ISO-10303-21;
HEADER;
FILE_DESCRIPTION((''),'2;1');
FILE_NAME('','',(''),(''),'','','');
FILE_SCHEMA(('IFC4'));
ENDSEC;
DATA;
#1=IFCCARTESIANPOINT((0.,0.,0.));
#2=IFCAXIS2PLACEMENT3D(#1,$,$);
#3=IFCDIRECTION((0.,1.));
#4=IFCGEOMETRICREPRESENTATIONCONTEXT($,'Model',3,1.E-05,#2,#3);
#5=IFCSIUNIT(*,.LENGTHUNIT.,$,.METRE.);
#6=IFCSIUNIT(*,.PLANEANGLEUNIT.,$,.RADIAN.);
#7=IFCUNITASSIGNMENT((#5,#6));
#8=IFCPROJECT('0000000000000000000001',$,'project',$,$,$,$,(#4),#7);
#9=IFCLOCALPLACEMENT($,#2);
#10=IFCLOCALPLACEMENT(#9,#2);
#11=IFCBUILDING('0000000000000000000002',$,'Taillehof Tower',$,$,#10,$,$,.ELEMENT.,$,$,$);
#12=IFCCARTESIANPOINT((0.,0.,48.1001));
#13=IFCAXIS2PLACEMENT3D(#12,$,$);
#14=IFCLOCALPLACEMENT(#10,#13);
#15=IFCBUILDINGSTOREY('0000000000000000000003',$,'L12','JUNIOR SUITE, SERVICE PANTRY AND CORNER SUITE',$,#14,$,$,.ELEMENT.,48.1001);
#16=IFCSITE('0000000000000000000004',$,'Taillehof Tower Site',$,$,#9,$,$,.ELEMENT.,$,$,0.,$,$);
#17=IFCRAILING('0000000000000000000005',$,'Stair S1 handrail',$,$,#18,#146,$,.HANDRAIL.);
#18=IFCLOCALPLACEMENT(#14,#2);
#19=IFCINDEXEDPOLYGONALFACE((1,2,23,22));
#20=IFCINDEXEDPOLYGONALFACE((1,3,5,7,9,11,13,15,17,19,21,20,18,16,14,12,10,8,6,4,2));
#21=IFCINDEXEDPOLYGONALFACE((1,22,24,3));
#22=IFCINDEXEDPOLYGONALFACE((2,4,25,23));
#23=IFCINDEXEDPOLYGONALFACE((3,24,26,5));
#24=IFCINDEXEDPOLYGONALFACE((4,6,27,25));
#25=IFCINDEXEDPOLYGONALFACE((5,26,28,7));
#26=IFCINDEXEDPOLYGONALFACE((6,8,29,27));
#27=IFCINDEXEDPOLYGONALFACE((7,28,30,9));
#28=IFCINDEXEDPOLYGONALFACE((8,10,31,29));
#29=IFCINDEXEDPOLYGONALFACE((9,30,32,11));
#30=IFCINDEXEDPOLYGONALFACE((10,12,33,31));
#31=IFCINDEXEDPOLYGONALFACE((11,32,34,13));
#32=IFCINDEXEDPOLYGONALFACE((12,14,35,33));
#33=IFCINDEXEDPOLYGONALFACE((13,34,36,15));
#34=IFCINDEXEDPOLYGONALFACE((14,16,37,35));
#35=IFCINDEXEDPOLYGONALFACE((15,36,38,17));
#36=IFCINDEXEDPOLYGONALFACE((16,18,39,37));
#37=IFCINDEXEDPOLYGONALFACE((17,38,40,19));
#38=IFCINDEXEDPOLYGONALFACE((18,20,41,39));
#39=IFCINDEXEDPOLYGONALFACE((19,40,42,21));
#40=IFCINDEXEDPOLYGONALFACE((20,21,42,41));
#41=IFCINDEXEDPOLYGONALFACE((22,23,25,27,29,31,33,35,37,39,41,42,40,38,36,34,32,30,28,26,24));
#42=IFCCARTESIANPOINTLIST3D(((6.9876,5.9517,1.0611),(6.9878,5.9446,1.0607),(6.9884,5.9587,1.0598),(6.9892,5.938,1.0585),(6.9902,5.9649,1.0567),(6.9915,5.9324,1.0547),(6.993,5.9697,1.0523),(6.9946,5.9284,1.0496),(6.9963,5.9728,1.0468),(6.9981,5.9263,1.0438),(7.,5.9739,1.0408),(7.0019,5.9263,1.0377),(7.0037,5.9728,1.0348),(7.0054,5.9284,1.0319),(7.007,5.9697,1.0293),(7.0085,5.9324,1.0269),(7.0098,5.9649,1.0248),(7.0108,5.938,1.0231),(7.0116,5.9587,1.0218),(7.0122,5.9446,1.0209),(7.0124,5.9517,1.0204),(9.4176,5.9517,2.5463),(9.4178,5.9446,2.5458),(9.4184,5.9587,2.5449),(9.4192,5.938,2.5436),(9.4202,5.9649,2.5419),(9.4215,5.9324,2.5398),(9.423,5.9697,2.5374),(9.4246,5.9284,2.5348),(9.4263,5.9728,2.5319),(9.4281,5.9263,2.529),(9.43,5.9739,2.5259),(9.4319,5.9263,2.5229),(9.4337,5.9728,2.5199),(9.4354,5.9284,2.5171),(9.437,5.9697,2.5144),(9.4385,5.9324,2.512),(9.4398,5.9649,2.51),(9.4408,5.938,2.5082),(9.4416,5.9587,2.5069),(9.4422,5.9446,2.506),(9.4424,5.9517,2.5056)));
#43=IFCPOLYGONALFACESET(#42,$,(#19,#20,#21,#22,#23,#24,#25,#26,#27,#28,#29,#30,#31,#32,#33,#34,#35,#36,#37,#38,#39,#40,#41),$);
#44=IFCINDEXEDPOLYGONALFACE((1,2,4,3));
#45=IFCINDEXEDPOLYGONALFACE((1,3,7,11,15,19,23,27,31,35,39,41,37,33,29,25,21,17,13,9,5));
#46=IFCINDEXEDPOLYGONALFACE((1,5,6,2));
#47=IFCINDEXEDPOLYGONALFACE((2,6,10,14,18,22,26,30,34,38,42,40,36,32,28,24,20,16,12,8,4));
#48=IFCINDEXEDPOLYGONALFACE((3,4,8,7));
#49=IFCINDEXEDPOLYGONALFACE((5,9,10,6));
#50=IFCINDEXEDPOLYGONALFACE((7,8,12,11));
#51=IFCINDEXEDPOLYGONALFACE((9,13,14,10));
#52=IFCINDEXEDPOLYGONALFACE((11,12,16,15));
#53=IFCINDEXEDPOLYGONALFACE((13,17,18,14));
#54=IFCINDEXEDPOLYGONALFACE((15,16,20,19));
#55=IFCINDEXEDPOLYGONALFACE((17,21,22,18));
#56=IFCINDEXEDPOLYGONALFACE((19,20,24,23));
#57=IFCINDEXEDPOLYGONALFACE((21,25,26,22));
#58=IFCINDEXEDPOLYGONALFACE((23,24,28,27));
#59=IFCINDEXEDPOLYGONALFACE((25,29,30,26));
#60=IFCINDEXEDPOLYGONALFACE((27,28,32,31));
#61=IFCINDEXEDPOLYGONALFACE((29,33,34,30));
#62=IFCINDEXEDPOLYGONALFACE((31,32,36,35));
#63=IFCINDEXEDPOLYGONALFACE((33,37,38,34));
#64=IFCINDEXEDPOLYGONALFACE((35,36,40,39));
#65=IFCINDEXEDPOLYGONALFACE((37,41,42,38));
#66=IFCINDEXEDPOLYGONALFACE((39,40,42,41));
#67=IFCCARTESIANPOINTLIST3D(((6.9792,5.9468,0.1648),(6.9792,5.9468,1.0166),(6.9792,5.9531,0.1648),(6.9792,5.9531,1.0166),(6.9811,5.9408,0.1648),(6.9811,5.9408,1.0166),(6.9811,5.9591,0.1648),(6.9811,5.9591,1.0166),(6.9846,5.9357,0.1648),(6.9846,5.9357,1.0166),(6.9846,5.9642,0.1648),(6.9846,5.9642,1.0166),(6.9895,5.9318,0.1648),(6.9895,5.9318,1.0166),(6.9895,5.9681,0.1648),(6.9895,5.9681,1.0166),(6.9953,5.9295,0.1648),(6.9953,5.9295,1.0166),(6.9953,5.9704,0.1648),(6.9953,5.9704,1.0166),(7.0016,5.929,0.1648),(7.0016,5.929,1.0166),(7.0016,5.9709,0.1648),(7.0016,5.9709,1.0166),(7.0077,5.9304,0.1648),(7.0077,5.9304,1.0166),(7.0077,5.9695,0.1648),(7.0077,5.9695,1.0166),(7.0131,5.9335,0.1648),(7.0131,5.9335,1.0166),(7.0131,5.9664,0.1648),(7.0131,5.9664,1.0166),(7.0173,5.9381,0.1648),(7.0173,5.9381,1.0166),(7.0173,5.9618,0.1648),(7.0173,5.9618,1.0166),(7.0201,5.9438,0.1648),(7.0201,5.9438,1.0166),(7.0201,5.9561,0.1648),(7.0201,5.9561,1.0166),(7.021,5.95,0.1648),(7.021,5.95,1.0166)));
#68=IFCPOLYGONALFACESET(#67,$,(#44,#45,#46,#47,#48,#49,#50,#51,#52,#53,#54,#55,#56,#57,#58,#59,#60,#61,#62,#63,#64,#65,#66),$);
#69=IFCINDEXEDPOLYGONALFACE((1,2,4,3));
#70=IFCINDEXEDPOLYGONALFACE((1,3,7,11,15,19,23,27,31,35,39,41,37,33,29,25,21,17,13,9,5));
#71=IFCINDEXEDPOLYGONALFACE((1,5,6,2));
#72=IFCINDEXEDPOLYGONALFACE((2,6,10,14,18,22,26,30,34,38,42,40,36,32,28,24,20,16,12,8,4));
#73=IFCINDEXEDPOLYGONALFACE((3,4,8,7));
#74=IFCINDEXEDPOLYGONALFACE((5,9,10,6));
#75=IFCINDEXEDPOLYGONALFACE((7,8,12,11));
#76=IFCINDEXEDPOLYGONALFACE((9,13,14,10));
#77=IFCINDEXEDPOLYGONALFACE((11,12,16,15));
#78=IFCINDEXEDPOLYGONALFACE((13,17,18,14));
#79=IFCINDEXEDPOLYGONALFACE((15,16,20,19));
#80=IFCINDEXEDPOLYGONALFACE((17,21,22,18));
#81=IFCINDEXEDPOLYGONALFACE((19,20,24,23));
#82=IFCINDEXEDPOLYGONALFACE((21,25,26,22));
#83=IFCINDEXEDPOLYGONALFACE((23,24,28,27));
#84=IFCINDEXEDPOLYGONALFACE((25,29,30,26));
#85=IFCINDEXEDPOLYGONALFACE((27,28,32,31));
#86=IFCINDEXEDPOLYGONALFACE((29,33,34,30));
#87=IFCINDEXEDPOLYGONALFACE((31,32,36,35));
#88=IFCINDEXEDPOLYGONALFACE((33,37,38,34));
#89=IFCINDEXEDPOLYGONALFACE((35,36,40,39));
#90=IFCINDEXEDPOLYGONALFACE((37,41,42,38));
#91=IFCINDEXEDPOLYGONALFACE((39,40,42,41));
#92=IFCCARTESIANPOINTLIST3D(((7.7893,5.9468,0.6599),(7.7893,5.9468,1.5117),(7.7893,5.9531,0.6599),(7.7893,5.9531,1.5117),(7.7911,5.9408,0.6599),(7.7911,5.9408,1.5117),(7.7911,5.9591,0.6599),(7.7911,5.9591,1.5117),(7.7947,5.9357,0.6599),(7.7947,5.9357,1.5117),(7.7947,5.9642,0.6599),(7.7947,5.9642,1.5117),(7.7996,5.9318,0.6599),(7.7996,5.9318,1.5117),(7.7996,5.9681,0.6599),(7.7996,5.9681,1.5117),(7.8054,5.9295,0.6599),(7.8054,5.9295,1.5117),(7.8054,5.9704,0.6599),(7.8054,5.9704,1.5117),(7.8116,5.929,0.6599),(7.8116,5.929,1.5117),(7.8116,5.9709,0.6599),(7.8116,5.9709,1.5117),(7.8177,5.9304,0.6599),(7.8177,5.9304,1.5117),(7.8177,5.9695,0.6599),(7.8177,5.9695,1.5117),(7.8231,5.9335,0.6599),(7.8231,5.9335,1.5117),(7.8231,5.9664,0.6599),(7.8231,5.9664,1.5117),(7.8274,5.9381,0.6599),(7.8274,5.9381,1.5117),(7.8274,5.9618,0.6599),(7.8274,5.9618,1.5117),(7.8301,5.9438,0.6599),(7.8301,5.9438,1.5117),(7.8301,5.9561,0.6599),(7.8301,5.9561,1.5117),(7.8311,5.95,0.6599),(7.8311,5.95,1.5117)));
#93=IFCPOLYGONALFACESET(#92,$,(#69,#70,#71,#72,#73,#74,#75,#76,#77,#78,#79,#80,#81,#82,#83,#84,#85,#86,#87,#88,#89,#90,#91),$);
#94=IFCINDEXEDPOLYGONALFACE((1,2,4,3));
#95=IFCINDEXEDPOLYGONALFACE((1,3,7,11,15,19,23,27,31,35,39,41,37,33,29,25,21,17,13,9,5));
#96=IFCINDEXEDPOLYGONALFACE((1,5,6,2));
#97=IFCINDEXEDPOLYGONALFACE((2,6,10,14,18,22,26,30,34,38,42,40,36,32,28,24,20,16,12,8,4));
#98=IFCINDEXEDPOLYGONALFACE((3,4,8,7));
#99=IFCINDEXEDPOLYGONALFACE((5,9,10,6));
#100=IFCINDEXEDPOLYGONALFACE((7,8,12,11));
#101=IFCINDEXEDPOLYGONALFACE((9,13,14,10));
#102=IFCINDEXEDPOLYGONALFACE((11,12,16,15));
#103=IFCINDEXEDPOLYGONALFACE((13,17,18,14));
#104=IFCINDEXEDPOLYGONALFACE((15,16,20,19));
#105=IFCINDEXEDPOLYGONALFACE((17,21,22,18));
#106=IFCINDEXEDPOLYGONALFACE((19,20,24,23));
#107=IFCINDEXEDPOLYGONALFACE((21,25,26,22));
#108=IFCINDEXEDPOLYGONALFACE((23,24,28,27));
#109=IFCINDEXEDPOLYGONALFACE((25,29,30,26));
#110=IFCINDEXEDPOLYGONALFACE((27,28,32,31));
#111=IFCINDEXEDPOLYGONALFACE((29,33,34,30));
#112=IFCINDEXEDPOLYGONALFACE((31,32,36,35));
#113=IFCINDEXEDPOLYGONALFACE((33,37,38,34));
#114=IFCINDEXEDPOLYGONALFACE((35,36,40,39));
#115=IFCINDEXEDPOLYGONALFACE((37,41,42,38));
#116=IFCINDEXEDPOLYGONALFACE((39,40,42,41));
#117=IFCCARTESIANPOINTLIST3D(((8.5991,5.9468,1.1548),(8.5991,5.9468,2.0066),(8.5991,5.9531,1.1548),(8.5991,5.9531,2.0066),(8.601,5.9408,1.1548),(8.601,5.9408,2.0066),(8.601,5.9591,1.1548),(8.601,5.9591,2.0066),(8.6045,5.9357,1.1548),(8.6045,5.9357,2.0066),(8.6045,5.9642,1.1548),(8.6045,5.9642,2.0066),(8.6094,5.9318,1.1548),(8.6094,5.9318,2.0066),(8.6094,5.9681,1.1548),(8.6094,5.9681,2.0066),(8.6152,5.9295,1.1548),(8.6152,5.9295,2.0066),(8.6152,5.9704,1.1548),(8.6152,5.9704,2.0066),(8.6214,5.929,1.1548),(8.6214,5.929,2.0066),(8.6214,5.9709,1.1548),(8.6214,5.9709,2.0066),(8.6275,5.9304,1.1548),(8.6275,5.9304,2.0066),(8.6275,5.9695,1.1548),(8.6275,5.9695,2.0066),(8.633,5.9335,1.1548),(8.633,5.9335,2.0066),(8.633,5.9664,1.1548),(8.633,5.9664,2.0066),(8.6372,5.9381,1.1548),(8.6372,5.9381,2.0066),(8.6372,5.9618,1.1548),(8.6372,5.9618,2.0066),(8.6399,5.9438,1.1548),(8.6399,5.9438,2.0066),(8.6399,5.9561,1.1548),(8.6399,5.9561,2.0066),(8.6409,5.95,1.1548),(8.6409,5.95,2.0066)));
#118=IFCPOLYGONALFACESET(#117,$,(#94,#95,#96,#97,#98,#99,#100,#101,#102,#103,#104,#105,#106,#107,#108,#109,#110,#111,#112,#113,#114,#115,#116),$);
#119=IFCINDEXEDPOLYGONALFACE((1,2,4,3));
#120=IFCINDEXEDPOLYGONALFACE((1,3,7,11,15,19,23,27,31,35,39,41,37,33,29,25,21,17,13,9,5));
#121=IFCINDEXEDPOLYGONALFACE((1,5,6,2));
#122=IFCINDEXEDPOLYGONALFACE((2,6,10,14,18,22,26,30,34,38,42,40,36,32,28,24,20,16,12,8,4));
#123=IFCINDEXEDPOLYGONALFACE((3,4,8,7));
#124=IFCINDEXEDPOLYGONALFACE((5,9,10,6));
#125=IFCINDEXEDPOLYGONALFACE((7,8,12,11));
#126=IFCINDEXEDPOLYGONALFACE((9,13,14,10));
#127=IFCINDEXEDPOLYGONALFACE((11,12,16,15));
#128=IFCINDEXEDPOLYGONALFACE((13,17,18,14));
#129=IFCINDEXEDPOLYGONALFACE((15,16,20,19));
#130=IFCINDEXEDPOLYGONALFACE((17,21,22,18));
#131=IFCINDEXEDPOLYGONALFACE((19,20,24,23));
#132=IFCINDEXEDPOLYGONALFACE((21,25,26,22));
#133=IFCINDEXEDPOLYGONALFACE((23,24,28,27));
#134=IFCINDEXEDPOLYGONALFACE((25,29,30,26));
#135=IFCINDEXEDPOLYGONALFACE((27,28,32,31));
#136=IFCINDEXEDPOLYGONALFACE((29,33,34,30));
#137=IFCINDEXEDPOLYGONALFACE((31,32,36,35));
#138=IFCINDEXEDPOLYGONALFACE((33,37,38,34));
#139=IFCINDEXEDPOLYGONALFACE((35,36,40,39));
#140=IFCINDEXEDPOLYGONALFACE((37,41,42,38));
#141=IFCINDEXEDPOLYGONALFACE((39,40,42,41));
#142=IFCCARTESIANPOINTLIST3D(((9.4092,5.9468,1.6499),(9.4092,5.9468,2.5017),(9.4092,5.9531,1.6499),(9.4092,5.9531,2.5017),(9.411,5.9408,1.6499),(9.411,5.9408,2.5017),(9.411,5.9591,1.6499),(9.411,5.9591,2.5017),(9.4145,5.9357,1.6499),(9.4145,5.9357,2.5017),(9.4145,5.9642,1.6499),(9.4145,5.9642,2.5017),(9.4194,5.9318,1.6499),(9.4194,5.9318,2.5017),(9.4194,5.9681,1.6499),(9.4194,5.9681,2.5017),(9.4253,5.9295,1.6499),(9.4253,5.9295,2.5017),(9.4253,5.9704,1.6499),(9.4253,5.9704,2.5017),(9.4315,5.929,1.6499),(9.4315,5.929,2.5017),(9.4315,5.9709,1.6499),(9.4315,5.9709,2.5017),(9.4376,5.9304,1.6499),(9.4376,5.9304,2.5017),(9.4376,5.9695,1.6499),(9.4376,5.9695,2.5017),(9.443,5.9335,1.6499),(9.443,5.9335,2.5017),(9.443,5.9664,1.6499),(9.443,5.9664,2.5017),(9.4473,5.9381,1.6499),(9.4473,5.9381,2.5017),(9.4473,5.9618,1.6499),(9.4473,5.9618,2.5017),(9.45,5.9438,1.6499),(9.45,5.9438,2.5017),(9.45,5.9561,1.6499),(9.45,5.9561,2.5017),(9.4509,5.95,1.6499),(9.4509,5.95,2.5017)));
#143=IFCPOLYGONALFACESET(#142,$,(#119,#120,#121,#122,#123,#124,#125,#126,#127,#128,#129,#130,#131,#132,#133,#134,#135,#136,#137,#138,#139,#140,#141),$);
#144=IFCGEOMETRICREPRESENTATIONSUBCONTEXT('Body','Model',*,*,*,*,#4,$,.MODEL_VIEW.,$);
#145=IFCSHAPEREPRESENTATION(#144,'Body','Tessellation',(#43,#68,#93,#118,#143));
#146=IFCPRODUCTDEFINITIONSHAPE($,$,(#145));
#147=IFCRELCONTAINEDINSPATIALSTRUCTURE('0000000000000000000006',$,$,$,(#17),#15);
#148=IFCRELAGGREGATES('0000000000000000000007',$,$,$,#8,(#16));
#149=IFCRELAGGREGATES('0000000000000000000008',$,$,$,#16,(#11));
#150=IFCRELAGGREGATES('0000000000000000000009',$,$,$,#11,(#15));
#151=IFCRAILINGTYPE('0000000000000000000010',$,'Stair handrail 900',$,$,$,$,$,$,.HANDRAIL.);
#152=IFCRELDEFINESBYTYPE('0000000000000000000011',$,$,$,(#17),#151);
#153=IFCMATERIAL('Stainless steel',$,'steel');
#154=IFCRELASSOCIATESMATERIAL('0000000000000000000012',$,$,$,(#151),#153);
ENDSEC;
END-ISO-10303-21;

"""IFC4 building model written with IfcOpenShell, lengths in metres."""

from ifc_helpers import new_model, si_unit, direction, frame, origin, origin_2d, place, context, subcontext, project, spatial, circle, extrude, material, type_object, element, save


model = new_model("IFC4")

# Units and contexts
model_context = context("Model", 3, precision=1e-05, world=origin(), true_north=direction((0.0, 1.0)))
body_context = subcontext(model_context, "Body", "Model", "MODEL_VIEW")
ifc_project = project(units=[si_unit("LENGTHUNIT", "METRE"), si_unit("PLANEANGLEUNIT", "RADIAN")], contexts=[model_context])

# Site, building, storey
site_placement = place(None, origin())
site = spatial("IfcSite", under=ifc_project, at=site_placement, Name="Taillehof Tower Site", CompositionType="ELEMENT", RefElevation=0.0)
building_placement = place(site_placement, origin())
building = spatial("IfcBuilding", under=site, at=building_placement, Name="Taillehof Tower", CompositionType="ELEMENT")
storey_placement = place(building_placement, frame((0.0, 0.0, 48.1001)))
storey = spatial("IfcBuildingStorey", under=building, at=storey_placement, Name="L12", Description="JUNIOR SUITE, SERVICE PANTRY AND CORNER SUITE", CompositionType="ELEMENT", Elevation=48.1001)

# Railing
ifc_material_1 = material(Name="Stainless steel", Category="steel")
railing_type = type_object("IfcRailingType", Name="Stair handrail 900", PredefinedType="HANDRAIL", material=ifc_material_1)
railing_1_placement = place(storey_placement, frame((7.0, 5.95, 0.1648)))
element("IfcRailing", 1, at=railing_1_placement, inside=storey, type_object=railing_type, Name="Stair S1 handrail", PredefinedType="HANDRAIL", context=body_context, shape_type="SweptSolid", body=[
    extrude(circle(Radius=0.0239, at=origin_2d()), frame((0.0, 0.0, 0.876), z_axis=(0.853259, 0.0, 0.521488), x_axis=(0.0, 1.0, 0.0)), (0.0, 0.0, 1.0), 2.8479),
    extrude(circle(Radius=0.021, at=origin_2d()), origin(), (0.0, 0.0, 1.0), 0.8518),
    extrude(circle(Radius=0.021, at=origin_2d()), frame((0.8101, 0.0, 0.4951)), (0.0, 0.0, 1.0), 0.8518),
    extrude(circle(Radius=0.021, at=origin_2d()), frame((1.6199, 0.0, 0.99)), (0.0, 0.0, 1.0), 0.8518),
    extrude(circle(Radius=0.021, at=origin_2d()), frame((2.4299, 0.0, 1.4851)), (0.0, 0.0, 1.0), 0.8518),
])

save(model, "model.ifc")
